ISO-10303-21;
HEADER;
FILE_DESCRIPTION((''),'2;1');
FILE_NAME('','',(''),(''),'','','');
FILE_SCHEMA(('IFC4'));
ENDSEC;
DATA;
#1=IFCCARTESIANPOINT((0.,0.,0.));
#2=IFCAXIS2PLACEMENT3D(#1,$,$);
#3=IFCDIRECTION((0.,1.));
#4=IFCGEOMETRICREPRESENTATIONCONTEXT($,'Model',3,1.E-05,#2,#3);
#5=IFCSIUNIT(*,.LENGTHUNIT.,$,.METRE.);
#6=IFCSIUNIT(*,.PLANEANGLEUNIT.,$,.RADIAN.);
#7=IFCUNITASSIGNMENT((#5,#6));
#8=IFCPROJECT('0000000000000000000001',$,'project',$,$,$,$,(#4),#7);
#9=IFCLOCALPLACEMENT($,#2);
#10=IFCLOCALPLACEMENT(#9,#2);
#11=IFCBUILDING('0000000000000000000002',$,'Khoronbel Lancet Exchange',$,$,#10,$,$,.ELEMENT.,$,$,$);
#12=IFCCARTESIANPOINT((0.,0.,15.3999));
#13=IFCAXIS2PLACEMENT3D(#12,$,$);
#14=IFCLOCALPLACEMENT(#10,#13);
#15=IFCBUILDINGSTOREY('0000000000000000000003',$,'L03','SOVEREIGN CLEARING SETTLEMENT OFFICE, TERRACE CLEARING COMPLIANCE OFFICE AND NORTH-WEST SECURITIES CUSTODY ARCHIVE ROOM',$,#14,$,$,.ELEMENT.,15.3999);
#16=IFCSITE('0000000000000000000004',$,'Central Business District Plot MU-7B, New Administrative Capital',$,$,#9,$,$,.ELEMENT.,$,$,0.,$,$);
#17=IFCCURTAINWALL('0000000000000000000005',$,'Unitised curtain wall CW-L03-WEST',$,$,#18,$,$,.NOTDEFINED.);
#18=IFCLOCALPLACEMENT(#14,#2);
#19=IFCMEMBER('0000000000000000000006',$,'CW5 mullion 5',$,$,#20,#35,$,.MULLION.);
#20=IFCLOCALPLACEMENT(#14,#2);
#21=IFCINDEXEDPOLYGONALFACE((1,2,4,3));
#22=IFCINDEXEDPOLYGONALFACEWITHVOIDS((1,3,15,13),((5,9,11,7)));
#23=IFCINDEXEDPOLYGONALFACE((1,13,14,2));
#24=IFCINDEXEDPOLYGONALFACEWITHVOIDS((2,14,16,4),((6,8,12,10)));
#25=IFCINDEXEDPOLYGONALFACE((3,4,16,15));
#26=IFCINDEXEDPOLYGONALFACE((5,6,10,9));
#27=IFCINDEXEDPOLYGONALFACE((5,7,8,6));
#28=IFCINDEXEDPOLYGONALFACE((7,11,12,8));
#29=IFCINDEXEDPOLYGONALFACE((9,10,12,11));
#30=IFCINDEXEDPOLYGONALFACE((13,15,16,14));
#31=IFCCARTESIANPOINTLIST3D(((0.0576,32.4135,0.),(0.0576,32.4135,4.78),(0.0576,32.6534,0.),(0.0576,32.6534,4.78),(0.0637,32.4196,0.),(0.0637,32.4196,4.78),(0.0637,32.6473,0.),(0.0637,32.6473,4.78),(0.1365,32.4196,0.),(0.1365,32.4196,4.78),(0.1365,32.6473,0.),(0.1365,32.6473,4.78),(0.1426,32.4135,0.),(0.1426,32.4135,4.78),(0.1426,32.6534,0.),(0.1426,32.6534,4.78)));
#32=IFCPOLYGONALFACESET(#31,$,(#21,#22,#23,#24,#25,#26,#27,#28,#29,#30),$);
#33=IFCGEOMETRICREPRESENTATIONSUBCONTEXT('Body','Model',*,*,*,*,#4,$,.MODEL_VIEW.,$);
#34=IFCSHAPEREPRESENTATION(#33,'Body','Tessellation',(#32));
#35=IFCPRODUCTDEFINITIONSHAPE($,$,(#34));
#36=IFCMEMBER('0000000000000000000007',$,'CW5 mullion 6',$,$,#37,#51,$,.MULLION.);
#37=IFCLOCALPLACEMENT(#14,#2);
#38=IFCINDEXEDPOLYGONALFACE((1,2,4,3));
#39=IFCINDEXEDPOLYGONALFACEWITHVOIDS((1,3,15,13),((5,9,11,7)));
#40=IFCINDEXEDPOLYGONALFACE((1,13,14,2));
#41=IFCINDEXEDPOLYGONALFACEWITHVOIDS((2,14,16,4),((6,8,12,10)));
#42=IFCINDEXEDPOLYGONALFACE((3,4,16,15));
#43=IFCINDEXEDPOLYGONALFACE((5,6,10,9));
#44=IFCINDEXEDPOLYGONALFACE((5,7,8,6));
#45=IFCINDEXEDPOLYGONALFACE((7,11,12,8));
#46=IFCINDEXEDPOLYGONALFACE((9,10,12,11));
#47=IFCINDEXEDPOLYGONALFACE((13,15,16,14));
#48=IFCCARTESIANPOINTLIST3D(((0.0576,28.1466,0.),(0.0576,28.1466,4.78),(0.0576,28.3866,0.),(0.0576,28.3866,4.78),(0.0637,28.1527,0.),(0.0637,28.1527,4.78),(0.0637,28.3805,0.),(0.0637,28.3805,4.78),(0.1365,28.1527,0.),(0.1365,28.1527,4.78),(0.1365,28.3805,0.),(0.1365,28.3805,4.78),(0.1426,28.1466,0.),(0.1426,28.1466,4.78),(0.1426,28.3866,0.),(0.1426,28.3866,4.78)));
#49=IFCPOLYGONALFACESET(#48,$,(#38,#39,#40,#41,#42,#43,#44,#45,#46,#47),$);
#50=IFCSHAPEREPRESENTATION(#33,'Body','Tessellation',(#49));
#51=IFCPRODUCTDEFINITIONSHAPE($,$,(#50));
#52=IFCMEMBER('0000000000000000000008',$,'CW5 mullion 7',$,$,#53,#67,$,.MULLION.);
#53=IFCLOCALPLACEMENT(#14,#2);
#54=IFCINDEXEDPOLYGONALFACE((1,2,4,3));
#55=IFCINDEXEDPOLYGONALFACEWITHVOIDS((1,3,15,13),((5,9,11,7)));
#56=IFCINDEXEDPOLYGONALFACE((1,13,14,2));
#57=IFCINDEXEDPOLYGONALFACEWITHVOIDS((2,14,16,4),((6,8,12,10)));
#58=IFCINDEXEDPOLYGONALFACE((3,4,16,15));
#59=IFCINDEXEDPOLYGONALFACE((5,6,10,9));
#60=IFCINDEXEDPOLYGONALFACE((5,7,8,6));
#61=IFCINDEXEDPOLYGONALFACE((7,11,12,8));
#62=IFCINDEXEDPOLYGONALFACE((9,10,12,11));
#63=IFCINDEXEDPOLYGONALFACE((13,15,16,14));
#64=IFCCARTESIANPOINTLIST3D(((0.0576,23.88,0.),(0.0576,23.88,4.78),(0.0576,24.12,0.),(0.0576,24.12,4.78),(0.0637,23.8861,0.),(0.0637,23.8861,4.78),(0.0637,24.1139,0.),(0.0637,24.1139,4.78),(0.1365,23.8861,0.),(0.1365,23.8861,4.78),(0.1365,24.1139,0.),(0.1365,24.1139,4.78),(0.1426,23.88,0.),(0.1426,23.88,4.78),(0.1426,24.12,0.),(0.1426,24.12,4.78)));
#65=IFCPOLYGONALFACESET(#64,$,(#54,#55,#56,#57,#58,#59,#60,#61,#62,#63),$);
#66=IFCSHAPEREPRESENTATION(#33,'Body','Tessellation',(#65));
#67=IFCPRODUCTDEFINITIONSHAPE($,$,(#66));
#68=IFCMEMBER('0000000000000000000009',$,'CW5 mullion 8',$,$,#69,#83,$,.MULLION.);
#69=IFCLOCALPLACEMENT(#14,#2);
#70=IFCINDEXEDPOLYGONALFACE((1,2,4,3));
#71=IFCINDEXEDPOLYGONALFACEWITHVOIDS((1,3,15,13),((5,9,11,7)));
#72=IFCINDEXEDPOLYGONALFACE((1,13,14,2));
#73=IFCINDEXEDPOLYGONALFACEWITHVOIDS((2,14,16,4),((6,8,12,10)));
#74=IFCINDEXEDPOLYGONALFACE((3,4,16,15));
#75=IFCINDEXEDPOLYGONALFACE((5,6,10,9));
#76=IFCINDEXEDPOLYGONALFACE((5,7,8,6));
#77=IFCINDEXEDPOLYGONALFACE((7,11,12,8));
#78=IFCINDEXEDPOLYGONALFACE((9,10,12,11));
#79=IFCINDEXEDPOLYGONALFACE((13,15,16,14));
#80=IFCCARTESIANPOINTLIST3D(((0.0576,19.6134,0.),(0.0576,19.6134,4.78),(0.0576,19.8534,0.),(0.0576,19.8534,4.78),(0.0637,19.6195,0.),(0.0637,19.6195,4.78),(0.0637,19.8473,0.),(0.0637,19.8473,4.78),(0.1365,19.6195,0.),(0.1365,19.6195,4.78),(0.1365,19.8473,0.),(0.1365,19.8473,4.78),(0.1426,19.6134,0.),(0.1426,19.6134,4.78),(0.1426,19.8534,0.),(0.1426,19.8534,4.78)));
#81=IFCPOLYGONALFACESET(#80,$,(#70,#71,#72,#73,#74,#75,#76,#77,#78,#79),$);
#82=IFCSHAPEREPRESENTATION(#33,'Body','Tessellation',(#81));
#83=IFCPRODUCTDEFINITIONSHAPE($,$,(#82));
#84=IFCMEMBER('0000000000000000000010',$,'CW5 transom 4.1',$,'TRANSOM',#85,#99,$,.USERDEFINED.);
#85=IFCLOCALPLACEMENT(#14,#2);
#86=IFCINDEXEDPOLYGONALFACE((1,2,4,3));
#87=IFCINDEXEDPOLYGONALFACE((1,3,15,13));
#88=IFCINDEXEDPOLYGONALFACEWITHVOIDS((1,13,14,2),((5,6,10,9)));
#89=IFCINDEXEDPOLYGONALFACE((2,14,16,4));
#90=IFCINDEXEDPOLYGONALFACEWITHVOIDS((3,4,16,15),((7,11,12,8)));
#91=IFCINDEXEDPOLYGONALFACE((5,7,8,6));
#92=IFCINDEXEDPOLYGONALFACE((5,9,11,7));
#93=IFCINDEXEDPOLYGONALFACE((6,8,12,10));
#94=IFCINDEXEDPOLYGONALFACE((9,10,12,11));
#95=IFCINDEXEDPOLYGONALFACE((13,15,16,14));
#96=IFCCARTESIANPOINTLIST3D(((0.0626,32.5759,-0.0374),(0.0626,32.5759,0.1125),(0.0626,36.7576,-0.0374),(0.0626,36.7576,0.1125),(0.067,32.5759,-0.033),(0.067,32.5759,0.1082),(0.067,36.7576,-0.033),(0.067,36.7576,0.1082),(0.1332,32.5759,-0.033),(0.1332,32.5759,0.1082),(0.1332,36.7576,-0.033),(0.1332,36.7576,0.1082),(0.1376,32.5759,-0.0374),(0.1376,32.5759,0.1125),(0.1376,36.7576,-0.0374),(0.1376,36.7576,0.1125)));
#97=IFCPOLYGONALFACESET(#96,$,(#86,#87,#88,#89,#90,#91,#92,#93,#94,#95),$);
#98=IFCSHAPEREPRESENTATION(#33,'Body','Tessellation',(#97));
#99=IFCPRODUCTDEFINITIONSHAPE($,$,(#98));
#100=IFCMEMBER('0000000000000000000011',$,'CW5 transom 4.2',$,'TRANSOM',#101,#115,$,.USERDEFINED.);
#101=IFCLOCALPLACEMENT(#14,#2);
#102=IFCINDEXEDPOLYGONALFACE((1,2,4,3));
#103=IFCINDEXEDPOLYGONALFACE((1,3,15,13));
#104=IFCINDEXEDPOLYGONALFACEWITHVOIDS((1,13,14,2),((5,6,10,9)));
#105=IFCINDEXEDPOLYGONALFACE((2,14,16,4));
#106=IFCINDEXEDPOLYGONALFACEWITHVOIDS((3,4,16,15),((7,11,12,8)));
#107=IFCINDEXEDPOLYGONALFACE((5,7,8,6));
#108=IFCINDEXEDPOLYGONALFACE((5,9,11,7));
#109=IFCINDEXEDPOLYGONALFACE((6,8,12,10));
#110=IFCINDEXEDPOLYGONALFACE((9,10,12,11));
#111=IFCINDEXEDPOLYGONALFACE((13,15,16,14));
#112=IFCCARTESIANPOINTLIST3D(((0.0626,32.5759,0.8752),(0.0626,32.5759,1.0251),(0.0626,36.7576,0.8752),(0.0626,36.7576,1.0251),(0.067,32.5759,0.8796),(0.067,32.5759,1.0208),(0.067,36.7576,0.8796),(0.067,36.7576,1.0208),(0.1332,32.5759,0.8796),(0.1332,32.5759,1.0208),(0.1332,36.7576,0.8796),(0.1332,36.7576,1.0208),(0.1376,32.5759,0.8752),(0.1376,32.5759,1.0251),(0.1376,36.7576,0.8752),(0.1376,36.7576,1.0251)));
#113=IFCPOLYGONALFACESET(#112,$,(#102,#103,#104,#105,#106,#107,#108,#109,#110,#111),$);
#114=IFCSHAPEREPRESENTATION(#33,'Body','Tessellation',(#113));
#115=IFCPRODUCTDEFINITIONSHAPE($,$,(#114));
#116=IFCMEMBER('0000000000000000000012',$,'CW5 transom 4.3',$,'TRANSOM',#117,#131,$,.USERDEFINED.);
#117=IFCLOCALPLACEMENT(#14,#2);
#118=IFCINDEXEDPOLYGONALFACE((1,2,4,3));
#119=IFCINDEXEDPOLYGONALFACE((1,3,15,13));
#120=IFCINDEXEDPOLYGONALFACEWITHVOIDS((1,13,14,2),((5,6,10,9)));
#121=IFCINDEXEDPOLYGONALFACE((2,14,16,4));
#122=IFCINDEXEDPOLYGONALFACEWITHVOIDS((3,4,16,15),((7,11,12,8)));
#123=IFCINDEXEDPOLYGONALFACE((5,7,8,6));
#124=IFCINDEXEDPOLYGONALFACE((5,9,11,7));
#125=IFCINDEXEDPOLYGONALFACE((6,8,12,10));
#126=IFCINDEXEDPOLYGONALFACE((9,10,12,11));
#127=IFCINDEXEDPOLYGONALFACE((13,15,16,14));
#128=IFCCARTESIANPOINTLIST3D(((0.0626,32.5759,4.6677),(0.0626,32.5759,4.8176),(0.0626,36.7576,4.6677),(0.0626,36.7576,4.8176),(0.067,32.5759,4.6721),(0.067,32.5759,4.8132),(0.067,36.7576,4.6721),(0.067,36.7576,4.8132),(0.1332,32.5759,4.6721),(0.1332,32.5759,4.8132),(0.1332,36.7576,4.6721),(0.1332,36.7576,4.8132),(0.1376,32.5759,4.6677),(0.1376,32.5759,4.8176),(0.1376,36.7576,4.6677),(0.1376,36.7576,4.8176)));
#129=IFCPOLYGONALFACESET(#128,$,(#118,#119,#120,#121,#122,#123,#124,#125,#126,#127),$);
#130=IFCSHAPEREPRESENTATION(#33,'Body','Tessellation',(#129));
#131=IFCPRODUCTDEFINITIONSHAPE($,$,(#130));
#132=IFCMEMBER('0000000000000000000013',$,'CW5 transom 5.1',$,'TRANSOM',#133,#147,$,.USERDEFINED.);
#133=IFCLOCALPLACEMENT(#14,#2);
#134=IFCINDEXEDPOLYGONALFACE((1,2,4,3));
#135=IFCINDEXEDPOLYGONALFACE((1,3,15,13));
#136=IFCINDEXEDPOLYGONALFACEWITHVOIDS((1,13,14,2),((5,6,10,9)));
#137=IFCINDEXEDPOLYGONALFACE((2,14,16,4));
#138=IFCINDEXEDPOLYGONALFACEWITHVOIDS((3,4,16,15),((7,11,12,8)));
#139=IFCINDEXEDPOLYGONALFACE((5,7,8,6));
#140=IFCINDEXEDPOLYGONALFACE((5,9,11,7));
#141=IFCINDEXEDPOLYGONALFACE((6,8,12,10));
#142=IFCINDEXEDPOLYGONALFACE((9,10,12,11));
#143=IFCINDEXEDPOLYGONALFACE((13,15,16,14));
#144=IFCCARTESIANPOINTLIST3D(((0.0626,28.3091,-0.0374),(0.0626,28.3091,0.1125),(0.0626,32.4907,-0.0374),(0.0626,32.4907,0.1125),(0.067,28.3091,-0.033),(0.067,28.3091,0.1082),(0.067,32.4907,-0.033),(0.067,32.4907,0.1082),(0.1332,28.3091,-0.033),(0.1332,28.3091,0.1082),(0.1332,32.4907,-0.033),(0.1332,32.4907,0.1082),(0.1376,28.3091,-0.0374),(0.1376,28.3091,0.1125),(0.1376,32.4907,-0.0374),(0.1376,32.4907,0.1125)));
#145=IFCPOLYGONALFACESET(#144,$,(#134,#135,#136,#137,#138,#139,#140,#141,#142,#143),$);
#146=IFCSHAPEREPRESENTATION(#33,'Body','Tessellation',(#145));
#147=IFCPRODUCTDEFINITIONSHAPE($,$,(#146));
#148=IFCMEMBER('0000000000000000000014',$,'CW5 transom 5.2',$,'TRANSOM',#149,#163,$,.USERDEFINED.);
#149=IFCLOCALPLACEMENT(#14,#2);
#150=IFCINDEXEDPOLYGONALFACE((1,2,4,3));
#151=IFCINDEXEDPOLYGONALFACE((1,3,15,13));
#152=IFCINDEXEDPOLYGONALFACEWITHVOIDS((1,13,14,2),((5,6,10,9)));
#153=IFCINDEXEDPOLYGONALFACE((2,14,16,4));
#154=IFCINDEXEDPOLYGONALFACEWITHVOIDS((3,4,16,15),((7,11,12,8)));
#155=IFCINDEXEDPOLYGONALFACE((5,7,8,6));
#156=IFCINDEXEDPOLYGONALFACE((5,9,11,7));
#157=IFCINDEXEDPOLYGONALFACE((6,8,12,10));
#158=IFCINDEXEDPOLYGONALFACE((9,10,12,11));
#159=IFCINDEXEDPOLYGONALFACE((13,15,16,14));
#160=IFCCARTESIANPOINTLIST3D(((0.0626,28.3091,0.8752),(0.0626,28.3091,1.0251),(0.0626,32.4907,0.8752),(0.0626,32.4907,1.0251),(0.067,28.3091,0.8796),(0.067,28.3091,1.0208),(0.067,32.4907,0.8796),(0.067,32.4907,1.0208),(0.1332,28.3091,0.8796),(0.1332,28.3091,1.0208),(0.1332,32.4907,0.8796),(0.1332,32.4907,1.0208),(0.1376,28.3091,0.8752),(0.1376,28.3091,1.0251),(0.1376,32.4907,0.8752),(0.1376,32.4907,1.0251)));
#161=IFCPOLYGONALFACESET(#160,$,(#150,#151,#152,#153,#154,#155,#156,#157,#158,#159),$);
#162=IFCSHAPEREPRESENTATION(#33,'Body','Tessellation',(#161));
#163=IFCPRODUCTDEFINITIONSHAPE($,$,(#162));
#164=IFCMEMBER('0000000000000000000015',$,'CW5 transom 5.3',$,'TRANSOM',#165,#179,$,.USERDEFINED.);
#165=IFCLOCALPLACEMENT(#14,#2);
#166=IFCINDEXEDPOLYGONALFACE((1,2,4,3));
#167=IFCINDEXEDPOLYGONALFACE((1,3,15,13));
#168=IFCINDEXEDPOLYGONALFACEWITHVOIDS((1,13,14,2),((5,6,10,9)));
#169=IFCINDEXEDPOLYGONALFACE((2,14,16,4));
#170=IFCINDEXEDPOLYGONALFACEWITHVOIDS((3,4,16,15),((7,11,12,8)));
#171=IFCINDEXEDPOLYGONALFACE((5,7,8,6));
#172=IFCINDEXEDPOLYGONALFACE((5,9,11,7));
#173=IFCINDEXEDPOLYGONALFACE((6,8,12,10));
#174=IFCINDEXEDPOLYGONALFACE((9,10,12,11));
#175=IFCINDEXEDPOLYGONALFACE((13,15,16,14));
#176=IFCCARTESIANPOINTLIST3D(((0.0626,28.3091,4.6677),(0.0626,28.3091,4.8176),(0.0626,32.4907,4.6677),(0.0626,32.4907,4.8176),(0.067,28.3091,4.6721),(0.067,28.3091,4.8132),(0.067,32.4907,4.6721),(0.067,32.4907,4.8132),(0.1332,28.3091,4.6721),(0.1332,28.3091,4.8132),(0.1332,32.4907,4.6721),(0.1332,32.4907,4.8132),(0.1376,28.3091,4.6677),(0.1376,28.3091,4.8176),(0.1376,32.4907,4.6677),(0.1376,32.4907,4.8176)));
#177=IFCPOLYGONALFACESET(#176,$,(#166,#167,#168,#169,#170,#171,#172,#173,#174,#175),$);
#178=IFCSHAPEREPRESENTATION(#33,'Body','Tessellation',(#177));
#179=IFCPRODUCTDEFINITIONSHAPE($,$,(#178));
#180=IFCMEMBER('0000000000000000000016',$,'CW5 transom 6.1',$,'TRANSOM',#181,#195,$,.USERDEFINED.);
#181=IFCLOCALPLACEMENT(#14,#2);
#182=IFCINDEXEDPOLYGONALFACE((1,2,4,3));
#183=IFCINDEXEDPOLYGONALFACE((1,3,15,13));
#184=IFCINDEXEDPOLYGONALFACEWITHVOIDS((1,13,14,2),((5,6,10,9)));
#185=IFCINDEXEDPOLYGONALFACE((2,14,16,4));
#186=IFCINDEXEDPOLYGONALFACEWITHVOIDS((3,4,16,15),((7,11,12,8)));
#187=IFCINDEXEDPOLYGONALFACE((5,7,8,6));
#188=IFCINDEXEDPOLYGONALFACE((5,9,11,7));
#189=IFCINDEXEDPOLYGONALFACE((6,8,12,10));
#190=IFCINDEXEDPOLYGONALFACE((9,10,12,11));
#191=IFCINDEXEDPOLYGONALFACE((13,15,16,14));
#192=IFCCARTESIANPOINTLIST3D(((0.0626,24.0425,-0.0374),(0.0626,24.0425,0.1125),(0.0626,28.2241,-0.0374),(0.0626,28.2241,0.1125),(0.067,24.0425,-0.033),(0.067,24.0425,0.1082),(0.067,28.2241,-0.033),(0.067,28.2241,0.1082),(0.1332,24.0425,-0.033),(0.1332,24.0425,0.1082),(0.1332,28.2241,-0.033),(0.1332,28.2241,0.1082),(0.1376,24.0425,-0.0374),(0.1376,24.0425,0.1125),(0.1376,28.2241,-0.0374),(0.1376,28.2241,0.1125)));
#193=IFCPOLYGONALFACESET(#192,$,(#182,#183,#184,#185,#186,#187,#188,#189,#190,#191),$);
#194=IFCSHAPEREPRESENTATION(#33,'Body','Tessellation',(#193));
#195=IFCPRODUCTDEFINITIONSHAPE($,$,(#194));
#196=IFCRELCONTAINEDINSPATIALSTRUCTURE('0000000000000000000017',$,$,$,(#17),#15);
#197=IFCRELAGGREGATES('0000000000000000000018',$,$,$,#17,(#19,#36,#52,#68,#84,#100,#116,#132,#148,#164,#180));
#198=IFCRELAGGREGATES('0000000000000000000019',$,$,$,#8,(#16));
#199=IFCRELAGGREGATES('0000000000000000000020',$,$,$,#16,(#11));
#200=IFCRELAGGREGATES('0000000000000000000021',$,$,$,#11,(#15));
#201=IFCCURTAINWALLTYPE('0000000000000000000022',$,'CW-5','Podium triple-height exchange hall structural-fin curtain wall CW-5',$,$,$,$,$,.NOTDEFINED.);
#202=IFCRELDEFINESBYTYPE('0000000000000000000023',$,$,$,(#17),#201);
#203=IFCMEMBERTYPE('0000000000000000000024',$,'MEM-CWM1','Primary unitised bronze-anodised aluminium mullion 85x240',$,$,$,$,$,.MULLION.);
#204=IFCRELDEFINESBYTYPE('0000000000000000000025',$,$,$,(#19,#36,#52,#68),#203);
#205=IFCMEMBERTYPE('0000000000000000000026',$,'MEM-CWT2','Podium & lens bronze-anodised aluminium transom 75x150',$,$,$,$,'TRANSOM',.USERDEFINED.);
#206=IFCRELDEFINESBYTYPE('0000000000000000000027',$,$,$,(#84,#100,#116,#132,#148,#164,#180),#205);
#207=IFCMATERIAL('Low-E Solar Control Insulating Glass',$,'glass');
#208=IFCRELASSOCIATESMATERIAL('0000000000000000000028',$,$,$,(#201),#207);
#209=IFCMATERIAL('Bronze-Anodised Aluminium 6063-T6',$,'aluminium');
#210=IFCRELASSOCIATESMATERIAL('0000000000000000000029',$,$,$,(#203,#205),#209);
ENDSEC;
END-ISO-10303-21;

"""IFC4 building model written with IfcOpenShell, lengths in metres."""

from ifc_helpers import new_model, si_unit, direction, frame, origin, origin_2d, place, context, subcontext, project, spatial, hollow_rectangle, extrude, material, material_profile, profile_set, type_object, element, aggregate, save


model = new_model("IFC4")

# Units and contexts
model_context = context("Model", 3, precision=1e-05, world=origin(), true_north=direction((0.0, 1.0)))
body_context = subcontext(model_context, "Body", "Model", "MODEL_VIEW")
ifc_project = project(units=[si_unit("LENGTHUNIT", "METRE"), si_unit("PLANEANGLEUNIT", "RADIAN")], contexts=[model_context])

# Site, building, storey
site_placement = place(None, origin())
site = spatial("IfcSite", under=ifc_project, at=site_placement, Name="Central Business District Plot MU-7B, New Administrative Capital", CompositionType="ELEMENT", RefElevation=0.0)
building_placement = place(site_placement, origin())
building = spatial("IfcBuilding", under=site, at=building_placement, Name="Khoronbel Lancet Exchange", CompositionType="ELEMENT")
storey_placement = place(building_placement, frame((0.0, 0.0, 15.3999)))
storey = spatial("IfcBuildingStorey", under=building, at=storey_placement, Name="L03", Description="SOVEREIGN CLEARING SETTLEMENT OFFICE, TERRACE CLEARING COMPLIANCE OFFICE AND NORTH-WEST SECURITIES CUSTODY ARCHIVE ROOM", CompositionType="ELEMENT", Elevation=15.3999)

# Curtain wall, members
ifc_material_1 = material(Name="Low-E Solar Control Insulating Glass", Category="glass")
curtain_wall_type = type_object("IfcCurtainWallType", Name="CW-5", Description="Podium triple-height exchange hall structural-fin curtain wall CW-5", PredefinedType="NOTDEFINED", material=ifc_material_1)
curtain_wall_placement = place(storey_placement, origin())
curtain_wall = element("IfcCurtainWall", 1, at=curtain_wall_placement, inside=storey, type_object=curtain_wall_type, Name="Unitised curtain wall CW-L03-WEST", PredefinedType="NOTDEFINED")
ifc_material_2 = material(Name="Bronze-Anodised Aluminium 6063-T6", Category="aluminium")
ifc_material_profile_1 = material_profile(ifc_material_2, hollow_rectangle(XDim=0.085, YDim=0.24, WallThickness=0.0061, at=origin_2d()), Name="ALU MULLION 85x240")
ifc_profile_set_1 = profile_set([ifc_material_profile_1], Name="Bronze-Anodised Aluminium 6063-T6")
member_type_1 = type_object("IfcMemberType", Name="MEM-CWM1", Description="Primary unitised bronze-anodised aluminium mullion 85x240", PredefinedType="MULLION", material=ifc_profile_set_1)
member_1_placement = place(storey_placement, frame((0.1001, 32.5334, 0.0), z_axis=(0.0, 0.0, 1.0), x_axis=(1.0, 0.0, 0.0)))
member_1 = element("IfcMember", 2, at=member_1_placement, type_object=member_type_1, Name="CW5 mullion 5", PredefinedType="MULLION", context=body_context, shape_type="SweptSolid", body=[
    extrude(hollow_rectangle(XDim=0.085, YDim=0.24, WallThickness=0.0061, at=origin_2d()), origin(), (0.0, 0.0, 1.0), 4.78),
])
member_2_placement = place(storey_placement, frame((0.1001, 28.2666, 0.0), z_axis=(0.0, 0.0, 1.0), x_axis=(1.0, 0.0, 0.0)))
member_2 = element("IfcMember", 3, at=member_2_placement, type_object=member_type_1, Name="CW5 mullion 6", PredefinedType="MULLION", context=body_context, shape_type="SweptSolid", body=[
    extrude(hollow_rectangle(XDim=0.085, YDim=0.24, WallThickness=0.0061, at=origin_2d()), origin(), (0.0, 0.0, 1.0), 4.78),
])
member_3_placement = place(storey_placement, frame((0.1001, 24.0, 0.0), z_axis=(0.0, 0.0, 1.0), x_axis=(1.0, 0.0, 0.0)))
member_3 = element("IfcMember", 4, at=member_3_placement, type_object=member_type_1, Name="CW5 mullion 7", PredefinedType="MULLION", context=body_context, shape_type="SweptSolid", body=[
    extrude(hollow_rectangle(XDim=0.085, YDim=0.24, WallThickness=0.0061, at=origin_2d()), origin(), (0.0, 0.0, 1.0), 4.78),
])
member_4_placement = place(storey_placement, frame((0.1001, 19.7334, 0.0), z_axis=(0.0, 0.0, 1.0), x_axis=(1.0, 0.0, 0.0)))
member_4 = element("IfcMember", 5, at=member_4_placement, type_object=member_type_1, Name="CW5 mullion 8", PredefinedType="MULLION", context=body_context, shape_type="SweptSolid", body=[
    extrude(hollow_rectangle(XDim=0.085, YDim=0.24, WallThickness=0.0061, at=origin_2d()), origin(), (0.0, 0.0, 1.0), 4.78),
])
ifc_material_profile_2 = material_profile(ifc_material_2, hollow_rectangle(XDim=0.075, YDim=0.1499, WallThickness=0.0044, at=origin_2d()), Name="ALU TRANSOM 75x150")
ifc_profile_set_2 = profile_set([ifc_material_profile_2], Name="Bronze-Anodised Aluminium 6063-T6")
member_type_2 = type_object("IfcMemberType", Name="MEM-CWT2", Description="Podium & lens bronze-anodised aluminium transom 75x150", ElementType="TRANSOM", PredefinedType="USERDEFINED", material=ifc_profile_set_2)
member_5_placement = place(storey_placement, frame((0.1001, 36.7576, 0.0376), z_axis=(0.0, -1.0, 0.0), x_axis=(1.0, 0.0, 0.0)))
member_5 = element("IfcMember", 6, at=member_5_placement, type_object=member_type_2, Name="CW5 transom 4.1", ObjectType="TRANSOM", PredefinedType="USERDEFINED", context=body_context, shape_type="SweptSolid", body=[
    extrude(hollow_rectangle(XDim=0.075, YDim=0.1499, WallThickness=0.0044, at=origin_2d()), origin(), (0.0, 0.0, 1.0), 4.1816),
])
member_6_placement = place(storey_placement, frame((0.1001, 36.7576, 0.9502), z_axis=(0.0, -1.0, 0.0), x_axis=(1.0, 0.0, 0.0)))
member_6 = element("IfcMember", 7, at=member_6_placement, type_object=member_type_2, Name="CW5 transom 4.2", ObjectType="TRANSOM", PredefinedType="USERDEFINED", context=body_context, shape_type="SweptSolid", body=[
    extrude(hollow_rectangle(XDim=0.075, YDim=0.1499, WallThickness=0.0044, at=origin_2d()), origin(), (0.0, 0.0, 1.0), 4.1816),
])
member_7_placement = place(storey_placement, frame((0.1001, 36.7576, 4.7427), z_axis=(0.0, -1.0, 0.0), x_axis=(1.0, 0.0, 0.0)))
member_7 = element("IfcMember", 8, at=member_7_placement, type_object=member_type_2, Name="CW5 transom 4.3", ObjectType="TRANSOM", PredefinedType="USERDEFINED", context=body_context, shape_type="SweptSolid", body=[
    extrude(hollow_rectangle(XDim=0.075, YDim=0.1499, WallThickness=0.0044, at=origin_2d()), origin(), (0.0, 0.0, 1.0), 4.1816),
])
member_8_placement = place(storey_placement, frame((0.1001, 32.4907, 0.0376), z_axis=(0.0, -1.0, 0.0), x_axis=(1.0, 0.0, 0.0)))
member_8 = element("IfcMember", 9, at=member_8_placement, type_object=member_type_2, Name="CW5 transom 5.1", ObjectType="TRANSOM", PredefinedType="USERDEFINED", context=body_context, shape_type="SweptSolid", body=[
    extrude(hollow_rectangle(XDim=0.075, YDim=0.1499, WallThickness=0.0044, at=origin_2d()), origin(), (0.0, 0.0, 1.0), 4.1816),
])
member_9_placement = place(storey_placement, frame((0.1001, 32.4907, 0.9502), z_axis=(0.0, -1.0, 0.0), x_axis=(1.0, 0.0, 0.0)))
member_9 = element("IfcMember", 10, at=member_9_placement, type_object=member_type_2, Name="CW5 transom 5.2", ObjectType="TRANSOM", PredefinedType="USERDEFINED", context=body_context, shape_type="SweptSolid", body=[
    extrude(hollow_rectangle(XDim=0.075, YDim=0.1499, WallThickness=0.0044, at=origin_2d()), origin(), (0.0, 0.0, 1.0), 4.1816),
])
member_10_placement = place(storey_placement, frame((0.1001, 32.4907, 4.7427), z_axis=(0.0, -1.0, 0.0), x_axis=(1.0, 0.0, 0.0)))
member_10 = element("IfcMember", 11, at=member_10_placement, type_object=member_type_2, Name="CW5 transom 5.3", ObjectType="TRANSOM", PredefinedType="USERDEFINED", context=body_context, shape_type="SweptSolid", body=[
    extrude(hollow_rectangle(XDim=0.075, YDim=0.1499, WallThickness=0.0044, at=origin_2d()), origin(), (0.0, 0.0, 1.0), 4.1816),
])
member_11_placement = place(storey_placement, frame((0.1001, 28.2241, 0.0376), z_axis=(0.0, -1.0, 0.0), x_axis=(1.0, 0.0, 0.0)))
member_11 = element("IfcMember", 12, at=member_11_placement, type_object=member_type_2, Name="CW5 transom 6.1", ObjectType="TRANSOM", PredefinedType="USERDEFINED", context=body_context, shape_type="SweptSolid", body=[
    extrude(hollow_rectangle(XDim=0.075, YDim=0.1499, WallThickness=0.0044, at=origin_2d()), origin(), (0.0, 0.0, 1.0), 4.1816),
])
aggregate(curtain_wall, [member_1, member_2, member_3, member_4, member_5, member_6, member_7, member_8, member_9, member_10, member_11])

save(model, "model.ifc")
